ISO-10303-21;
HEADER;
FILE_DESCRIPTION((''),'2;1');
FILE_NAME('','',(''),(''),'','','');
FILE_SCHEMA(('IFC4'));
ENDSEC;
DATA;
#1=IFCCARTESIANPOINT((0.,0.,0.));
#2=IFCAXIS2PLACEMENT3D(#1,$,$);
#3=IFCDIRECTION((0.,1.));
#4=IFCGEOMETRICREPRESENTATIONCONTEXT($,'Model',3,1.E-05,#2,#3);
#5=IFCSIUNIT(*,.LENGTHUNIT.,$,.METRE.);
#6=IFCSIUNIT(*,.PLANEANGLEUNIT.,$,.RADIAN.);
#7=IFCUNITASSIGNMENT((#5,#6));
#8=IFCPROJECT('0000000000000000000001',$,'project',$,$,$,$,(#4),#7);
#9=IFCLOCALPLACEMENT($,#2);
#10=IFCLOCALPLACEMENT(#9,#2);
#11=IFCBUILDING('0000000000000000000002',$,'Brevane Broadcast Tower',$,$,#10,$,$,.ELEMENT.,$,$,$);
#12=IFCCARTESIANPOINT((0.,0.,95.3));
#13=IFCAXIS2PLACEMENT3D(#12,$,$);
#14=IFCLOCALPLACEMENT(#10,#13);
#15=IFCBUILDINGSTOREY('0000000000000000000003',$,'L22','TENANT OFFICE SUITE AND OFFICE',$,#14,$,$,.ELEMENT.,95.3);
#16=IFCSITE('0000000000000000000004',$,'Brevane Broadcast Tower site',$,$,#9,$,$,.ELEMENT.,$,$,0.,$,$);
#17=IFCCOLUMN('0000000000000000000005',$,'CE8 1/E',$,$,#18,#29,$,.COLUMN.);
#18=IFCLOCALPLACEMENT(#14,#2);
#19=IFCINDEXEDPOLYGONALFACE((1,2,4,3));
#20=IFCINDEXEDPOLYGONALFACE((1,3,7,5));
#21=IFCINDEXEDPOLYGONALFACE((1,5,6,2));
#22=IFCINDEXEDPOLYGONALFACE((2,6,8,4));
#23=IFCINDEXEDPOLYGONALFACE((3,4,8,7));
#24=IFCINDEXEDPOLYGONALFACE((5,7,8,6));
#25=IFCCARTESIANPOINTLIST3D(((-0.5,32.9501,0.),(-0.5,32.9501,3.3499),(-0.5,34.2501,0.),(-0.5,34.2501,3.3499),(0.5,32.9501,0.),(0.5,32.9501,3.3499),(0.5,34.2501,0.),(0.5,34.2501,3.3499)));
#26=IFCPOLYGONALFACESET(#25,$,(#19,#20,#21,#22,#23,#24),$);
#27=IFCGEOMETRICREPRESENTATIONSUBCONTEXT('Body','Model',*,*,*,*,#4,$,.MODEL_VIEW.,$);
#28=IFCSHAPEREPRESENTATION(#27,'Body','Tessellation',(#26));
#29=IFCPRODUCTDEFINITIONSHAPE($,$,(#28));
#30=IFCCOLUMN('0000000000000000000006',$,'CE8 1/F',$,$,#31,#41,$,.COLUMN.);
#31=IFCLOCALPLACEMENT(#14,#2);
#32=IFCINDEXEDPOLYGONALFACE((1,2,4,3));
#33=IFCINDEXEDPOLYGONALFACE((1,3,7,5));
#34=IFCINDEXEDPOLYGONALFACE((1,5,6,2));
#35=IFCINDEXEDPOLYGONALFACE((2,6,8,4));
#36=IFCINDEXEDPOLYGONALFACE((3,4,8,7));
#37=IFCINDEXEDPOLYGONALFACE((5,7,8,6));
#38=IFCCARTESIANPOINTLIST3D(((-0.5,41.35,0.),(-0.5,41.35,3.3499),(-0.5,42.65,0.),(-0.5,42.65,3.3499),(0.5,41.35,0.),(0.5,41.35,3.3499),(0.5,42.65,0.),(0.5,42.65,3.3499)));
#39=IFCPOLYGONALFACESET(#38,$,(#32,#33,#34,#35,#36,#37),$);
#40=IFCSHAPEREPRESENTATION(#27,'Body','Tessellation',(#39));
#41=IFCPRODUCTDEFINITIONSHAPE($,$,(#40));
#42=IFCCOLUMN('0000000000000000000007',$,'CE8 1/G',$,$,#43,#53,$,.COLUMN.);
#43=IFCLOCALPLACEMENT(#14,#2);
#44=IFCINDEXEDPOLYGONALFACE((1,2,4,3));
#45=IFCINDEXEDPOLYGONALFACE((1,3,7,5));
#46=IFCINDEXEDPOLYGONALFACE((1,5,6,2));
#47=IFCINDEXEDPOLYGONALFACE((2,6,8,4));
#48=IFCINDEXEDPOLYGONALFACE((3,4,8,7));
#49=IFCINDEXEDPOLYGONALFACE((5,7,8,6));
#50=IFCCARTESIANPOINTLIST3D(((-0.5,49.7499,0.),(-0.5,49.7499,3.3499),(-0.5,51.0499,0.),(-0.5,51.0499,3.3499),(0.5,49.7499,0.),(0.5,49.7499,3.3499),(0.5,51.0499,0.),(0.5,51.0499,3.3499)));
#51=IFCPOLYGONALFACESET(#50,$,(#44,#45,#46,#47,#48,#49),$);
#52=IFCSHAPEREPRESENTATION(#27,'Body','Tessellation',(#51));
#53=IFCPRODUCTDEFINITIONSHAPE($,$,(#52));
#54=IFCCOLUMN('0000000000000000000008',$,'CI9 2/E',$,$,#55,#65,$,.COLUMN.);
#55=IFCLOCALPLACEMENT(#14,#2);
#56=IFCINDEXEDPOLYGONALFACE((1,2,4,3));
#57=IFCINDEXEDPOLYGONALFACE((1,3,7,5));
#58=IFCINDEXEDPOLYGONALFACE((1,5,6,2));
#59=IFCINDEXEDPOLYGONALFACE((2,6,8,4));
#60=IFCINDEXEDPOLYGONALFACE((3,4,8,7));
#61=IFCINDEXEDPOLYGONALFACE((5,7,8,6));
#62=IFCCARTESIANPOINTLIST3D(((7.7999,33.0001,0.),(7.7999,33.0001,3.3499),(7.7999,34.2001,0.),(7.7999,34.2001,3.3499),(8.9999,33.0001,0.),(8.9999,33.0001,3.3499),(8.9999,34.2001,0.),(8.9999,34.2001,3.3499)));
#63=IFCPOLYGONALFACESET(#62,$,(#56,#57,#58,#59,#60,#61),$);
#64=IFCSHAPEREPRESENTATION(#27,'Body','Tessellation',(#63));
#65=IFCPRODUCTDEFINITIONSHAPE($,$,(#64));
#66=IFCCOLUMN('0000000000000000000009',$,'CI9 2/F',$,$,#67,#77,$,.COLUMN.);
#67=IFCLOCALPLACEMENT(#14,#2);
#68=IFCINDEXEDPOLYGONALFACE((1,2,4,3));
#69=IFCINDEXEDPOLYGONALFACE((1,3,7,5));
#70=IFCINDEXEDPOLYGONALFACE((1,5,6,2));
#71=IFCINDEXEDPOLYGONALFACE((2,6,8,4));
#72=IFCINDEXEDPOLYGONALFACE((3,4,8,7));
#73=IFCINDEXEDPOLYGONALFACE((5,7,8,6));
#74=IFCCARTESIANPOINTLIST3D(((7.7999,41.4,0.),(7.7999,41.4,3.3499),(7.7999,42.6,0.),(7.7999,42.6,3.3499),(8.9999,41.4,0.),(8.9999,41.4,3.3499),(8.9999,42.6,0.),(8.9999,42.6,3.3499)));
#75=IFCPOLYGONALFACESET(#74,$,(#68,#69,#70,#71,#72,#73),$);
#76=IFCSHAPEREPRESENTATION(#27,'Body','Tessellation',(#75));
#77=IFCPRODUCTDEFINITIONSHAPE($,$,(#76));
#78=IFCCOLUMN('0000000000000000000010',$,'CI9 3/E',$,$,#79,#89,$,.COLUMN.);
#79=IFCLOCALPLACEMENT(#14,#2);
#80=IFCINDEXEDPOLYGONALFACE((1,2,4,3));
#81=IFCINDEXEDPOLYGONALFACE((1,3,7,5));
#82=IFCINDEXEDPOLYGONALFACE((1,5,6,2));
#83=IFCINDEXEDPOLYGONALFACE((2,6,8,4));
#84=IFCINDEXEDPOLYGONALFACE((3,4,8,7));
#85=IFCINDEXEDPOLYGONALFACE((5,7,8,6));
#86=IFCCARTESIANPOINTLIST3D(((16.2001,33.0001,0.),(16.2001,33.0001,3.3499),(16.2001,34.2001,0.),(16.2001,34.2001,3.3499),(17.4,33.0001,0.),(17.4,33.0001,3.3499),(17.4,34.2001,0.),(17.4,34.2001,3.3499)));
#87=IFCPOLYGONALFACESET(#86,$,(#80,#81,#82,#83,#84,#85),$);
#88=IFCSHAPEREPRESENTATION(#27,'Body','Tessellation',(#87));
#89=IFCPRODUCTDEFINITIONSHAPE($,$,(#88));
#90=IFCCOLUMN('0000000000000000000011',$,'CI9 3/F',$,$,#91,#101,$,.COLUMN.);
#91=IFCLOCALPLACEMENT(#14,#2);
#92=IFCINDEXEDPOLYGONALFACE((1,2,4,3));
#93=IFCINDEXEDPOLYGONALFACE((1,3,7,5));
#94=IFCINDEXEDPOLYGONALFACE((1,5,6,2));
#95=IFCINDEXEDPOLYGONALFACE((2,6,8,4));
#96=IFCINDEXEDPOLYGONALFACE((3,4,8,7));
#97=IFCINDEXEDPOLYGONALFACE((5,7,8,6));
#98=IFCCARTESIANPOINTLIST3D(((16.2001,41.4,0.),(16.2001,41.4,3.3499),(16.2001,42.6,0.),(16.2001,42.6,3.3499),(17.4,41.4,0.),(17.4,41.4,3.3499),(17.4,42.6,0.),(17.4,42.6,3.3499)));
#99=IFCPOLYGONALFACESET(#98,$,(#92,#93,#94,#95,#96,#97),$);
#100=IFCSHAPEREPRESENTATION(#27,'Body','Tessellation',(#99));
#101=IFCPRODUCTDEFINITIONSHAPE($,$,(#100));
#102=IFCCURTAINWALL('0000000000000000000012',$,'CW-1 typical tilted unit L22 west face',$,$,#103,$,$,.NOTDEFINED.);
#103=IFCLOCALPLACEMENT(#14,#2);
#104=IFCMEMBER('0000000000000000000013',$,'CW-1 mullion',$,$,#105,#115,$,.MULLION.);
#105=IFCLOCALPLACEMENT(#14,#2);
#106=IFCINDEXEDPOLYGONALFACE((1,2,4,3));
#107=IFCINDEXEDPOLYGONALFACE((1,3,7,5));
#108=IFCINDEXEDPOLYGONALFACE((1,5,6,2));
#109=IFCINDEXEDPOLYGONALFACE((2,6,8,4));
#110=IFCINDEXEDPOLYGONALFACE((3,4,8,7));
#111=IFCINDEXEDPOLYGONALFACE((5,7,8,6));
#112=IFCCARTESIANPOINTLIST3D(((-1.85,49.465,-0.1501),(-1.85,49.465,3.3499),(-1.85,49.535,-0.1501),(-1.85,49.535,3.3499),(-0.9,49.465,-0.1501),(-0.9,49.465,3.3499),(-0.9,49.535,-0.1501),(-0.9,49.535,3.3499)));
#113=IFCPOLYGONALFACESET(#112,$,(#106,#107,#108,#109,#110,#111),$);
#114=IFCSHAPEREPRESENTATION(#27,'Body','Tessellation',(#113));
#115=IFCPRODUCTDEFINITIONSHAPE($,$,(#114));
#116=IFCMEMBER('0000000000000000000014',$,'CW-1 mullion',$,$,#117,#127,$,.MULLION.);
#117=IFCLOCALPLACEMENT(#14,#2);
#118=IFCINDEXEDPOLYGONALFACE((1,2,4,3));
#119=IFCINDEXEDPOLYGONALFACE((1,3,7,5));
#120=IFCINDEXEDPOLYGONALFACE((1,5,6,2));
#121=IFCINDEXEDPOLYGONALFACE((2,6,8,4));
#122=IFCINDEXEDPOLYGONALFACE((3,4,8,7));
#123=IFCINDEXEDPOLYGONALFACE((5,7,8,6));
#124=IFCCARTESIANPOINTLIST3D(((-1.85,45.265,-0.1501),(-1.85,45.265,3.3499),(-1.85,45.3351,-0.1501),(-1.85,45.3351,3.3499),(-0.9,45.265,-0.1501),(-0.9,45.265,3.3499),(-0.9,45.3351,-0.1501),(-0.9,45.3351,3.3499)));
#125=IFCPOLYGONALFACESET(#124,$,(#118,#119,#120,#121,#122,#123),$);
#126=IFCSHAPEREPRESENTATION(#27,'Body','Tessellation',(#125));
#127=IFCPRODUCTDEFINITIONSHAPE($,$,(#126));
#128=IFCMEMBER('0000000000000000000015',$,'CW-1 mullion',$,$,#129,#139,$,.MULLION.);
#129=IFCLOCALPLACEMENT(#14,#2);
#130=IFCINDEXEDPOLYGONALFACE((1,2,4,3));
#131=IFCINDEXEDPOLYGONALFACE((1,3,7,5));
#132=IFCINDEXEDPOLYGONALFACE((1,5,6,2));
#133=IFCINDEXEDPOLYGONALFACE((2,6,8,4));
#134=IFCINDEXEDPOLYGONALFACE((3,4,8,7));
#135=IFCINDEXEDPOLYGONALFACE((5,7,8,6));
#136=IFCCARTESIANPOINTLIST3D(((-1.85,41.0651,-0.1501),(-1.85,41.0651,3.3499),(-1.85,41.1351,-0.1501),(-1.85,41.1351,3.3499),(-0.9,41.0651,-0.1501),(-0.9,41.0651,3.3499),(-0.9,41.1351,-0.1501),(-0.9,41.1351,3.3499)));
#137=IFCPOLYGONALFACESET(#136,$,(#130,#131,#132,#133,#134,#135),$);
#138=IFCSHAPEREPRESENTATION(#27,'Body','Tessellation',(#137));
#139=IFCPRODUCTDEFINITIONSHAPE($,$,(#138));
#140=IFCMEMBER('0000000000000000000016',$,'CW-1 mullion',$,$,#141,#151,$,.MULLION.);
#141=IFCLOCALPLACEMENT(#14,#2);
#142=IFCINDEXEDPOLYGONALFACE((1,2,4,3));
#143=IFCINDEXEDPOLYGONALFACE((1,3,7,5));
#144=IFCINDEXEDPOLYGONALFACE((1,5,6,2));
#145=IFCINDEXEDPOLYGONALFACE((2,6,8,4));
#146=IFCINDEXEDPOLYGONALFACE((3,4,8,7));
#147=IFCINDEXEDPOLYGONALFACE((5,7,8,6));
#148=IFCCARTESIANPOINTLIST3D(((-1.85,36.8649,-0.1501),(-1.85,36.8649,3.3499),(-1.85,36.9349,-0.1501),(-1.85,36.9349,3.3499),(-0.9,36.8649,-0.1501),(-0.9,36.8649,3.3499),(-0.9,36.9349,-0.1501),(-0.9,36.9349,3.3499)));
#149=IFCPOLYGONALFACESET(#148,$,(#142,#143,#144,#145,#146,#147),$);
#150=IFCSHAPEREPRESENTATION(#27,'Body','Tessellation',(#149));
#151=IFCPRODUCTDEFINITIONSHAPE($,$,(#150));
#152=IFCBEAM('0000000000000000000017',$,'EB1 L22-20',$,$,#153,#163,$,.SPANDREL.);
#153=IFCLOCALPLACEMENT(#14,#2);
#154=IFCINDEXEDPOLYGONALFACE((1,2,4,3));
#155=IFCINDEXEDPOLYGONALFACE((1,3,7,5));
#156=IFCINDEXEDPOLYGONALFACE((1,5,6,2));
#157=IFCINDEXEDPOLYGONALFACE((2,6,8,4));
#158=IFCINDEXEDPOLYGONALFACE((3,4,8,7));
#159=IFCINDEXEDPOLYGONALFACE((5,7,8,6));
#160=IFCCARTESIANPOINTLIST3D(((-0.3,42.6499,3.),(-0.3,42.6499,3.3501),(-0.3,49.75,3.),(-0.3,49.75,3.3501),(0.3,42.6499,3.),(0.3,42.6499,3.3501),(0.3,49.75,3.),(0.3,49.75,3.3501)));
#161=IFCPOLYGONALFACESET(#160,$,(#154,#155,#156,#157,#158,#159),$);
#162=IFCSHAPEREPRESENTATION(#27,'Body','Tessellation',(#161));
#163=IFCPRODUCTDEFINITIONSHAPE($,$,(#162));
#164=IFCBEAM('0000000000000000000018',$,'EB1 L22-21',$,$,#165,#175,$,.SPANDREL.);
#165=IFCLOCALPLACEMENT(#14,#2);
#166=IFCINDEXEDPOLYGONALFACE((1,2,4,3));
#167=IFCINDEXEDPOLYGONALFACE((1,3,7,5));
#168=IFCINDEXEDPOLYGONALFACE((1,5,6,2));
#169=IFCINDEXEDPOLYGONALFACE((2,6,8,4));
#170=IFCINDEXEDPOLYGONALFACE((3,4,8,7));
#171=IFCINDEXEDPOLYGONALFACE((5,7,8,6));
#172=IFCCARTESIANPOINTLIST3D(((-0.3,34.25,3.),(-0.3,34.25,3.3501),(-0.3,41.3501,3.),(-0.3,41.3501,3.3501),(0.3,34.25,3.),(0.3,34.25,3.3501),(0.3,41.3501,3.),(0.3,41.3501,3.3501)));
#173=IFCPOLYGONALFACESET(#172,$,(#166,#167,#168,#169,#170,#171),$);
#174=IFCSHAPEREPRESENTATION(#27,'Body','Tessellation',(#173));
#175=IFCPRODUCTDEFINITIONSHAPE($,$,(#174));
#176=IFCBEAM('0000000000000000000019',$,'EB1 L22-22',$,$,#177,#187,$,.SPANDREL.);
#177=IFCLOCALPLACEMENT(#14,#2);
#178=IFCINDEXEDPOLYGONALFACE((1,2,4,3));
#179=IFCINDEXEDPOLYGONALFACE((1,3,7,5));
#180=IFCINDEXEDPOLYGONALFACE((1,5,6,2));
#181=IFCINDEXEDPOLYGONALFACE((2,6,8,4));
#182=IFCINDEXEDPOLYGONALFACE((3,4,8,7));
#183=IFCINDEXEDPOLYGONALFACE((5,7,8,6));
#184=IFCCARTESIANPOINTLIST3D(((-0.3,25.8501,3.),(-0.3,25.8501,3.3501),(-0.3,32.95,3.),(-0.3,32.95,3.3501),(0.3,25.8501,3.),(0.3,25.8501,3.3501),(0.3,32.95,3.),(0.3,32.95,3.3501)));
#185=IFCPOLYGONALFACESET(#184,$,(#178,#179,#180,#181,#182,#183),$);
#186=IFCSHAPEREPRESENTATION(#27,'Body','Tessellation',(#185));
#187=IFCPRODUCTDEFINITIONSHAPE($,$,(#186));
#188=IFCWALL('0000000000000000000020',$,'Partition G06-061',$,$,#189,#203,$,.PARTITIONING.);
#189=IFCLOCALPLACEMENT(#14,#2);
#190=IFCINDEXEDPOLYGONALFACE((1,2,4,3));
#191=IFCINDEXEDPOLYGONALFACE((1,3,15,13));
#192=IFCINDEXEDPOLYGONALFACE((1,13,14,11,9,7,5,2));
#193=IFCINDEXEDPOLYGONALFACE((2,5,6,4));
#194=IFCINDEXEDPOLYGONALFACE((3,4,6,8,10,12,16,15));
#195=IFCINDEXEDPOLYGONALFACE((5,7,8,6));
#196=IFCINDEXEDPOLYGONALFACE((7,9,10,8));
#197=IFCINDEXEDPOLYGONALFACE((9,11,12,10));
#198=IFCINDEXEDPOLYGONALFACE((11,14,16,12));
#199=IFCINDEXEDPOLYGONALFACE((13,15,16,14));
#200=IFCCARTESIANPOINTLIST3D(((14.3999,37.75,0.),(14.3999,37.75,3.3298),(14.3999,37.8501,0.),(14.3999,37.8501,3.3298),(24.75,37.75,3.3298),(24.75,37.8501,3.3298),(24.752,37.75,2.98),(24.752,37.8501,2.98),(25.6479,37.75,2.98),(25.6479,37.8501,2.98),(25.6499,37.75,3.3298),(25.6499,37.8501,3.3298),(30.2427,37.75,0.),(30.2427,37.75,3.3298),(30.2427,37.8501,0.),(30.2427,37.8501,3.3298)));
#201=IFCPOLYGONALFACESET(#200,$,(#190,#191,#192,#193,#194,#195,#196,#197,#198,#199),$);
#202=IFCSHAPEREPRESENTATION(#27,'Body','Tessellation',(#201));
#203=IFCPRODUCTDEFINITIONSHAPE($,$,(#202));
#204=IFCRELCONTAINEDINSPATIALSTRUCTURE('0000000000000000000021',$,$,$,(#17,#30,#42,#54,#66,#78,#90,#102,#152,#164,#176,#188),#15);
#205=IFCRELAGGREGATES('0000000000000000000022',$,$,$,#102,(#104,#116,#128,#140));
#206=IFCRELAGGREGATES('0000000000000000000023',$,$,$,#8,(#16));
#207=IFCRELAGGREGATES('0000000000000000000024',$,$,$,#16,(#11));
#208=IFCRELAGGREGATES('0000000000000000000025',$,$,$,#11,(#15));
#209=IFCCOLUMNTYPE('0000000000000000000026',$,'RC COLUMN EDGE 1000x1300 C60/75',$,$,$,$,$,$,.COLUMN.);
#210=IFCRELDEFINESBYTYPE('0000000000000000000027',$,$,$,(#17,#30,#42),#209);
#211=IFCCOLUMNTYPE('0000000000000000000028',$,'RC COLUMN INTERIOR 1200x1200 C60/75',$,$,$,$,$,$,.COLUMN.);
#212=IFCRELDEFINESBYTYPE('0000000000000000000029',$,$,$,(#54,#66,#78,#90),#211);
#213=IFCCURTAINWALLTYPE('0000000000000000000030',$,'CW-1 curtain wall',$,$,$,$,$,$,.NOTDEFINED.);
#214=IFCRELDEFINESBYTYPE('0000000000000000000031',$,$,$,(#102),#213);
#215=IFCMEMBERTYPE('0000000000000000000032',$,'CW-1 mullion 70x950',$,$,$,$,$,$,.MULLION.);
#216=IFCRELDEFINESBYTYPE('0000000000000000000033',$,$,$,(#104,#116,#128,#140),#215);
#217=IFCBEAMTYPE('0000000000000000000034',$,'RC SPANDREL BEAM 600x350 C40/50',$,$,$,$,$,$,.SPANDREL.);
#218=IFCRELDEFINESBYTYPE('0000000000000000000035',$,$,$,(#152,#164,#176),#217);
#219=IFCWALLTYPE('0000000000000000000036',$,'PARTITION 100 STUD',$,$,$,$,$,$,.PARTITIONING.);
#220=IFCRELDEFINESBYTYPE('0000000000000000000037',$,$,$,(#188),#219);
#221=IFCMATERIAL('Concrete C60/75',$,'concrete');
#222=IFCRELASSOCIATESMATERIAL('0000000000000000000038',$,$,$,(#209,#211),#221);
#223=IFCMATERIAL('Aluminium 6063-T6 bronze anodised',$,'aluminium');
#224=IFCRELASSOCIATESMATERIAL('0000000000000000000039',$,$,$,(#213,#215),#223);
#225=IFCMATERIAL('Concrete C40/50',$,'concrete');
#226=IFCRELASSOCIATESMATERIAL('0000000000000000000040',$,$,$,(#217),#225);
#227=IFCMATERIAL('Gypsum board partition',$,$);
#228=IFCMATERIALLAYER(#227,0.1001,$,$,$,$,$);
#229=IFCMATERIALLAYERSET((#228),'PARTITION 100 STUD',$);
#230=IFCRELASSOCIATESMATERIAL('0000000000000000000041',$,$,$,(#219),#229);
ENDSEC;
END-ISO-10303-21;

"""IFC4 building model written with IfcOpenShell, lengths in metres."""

from ifc_helpers import new_model, si_unit, direction, frame, origin, origin_2d, place, context, subcontext, project, spatial, polyline, rectangle, outline, extrude, material, layer, layer_set, material_profile, profile_set, type_object, element, aggregate, save


model = new_model("IFC4")

# Units and contexts
model_context = context("Model", 3, precision=1e-05, world=origin(), true_north=direction((0.0, 1.0)))
body_context = subcontext(model_context, "Body", "Model", "MODEL_VIEW")
ifc_project = project(units=[si_unit("LENGTHUNIT", "METRE"), si_unit("PLANEANGLEUNIT", "RADIAN")], contexts=[model_context])

# Site, building, storey
site_placement = place(None, origin())
site = spatial("IfcSite", under=ifc_project, at=site_placement, Name="Brevane Broadcast Tower site", CompositionType="ELEMENT", RefElevation=0.0)
building_placement = place(site_placement, origin())
building = spatial("IfcBuilding", under=site, at=building_placement, Name="Brevane Broadcast Tower", CompositionType="ELEMENT")
storey_placement = place(building_placement, frame((0.0, 0.0, 95.3)))
storey = spatial("IfcBuildingStorey", under=building, at=storey_placement, Name="L22", Description="TENANT OFFICE SUITE AND OFFICE", CompositionType="ELEMENT", Elevation=95.3)

# Columns
ifc_material_1 = material(Name="Concrete C60/75", Category="concrete")
ifc_material_profile_1 = material_profile(ifc_material_1, rectangle(XDim=1.0, YDim=1.3, at=origin_2d()), Name="RC 1000x1300")
ifc_profile_set_1 = profile_set([ifc_material_profile_1], Name="Concrete C60/75")
column_type_1 = type_object("IfcColumnType", Name="RC COLUMN EDGE 1000x1300 C60/75", PredefinedType="COLUMN", material=ifc_profile_set_1)
for number, where, z_axis, x_axis, name in (
    (1, (0.0, 33.6001, 0.0), (0.0, 0.0, 1.0), (1.0, 0.0, 0.0), "CE8 1/E"),
    (2, (0.0, 42.0, 0.0), (0.0, 0.0, 1.0), (1.0, 0.0, 0.0), "CE8 1/F"),
    (3, (0.0, 50.3999, 0.0), (0.0, 0.0, 1.0), (1.0, 0.0, 0.0), "CE8 1/G"),
):
    element("IfcColumn", number, at=place(storey_placement, frame(where, z_axis=z_axis, x_axis=x_axis)), inside=storey, type_object=column_type_1, Name=name, PredefinedType="COLUMN", context=body_context, shape_type="SweptSolid", body=[
        extrude(rectangle(XDim=1.0, YDim=1.3, at=origin_2d()), origin(), (0.0, 0.0, 1.0), 3.3499),
    ])
ifc_material_profile_2 = material_profile(ifc_material_1, rectangle(XDim=1.2, YDim=1.2, at=origin_2d()), Name="RC 1200x1200")
ifc_profile_set_2 = profile_set([ifc_material_profile_2], Name="Concrete C60/75")
column_type_2 = type_object("IfcColumnType", Name="RC COLUMN INTERIOR 1200x1200 C60/75", PredefinedType="COLUMN", material=ifc_profile_set_2)
for number, where, z_axis, x_axis, name in (
    (4, (8.3999, 33.6001, 0.0), (0.0, 0.0, 1.0), (1.0, 0.0, 0.0), "CI9 2/E"),
    (5, (8.3999, 42.0, 0.0), (0.0, 0.0, 1.0), (1.0, 0.0, 0.0), "CI9 2/F"),
    (6, (16.8, 33.6001, 0.0), (0.0, 0.0, 1.0), (1.0, 0.0, 0.0), "CI9 3/E"),
    (7, (16.8, 42.0, 0.0), (0.0, 0.0, 1.0), (1.0, 0.0, 0.0), "CI9 3/F"),
):
    element("IfcColumn", number, at=place(storey_placement, frame(where, z_axis=z_axis, x_axis=x_axis)), inside=storey, type_object=column_type_2, Name=name, PredefinedType="COLUMN", context=body_context, shape_type="SweptSolid", body=[
        extrude(rectangle(XDim=1.2, YDim=1.2, at=origin_2d()), origin(), (0.0, 0.0, 1.0), 3.3499),
    ])

# Curtain wall, members
ifc_material_2 = material(Name="Aluminium 6063-T6 bronze anodised", Category="aluminium")
curtain_wall_type = type_object("IfcCurtainWallType", Name="CW-1 curtain wall", PredefinedType="NOTDEFINED", material=ifc_material_2)
curtain_wall_placement = place(storey_placement, origin())
curtain_wall = element("IfcCurtainWall", 8, at=curtain_wall_placement, inside=storey, type_object=curtain_wall_type, Name="CW-1 typical tilted unit L22 west face", PredefinedType="NOTDEFINED")
ifc_material_profile_3 = material_profile(ifc_material_2, rectangle(XDim=0.95, YDim=0.0701, at=origin_2d()), Name="RECT 70x950")
ifc_profile_set_3 = profile_set([ifc_material_profile_3], Name="Aluminium 6063-T6 bronze anodised")
member_type = type_object("IfcMemberType", Name="CW-1 mullion 70x950", PredefinedType="MULLION", material=ifc_profile_set_3)
member_1_placement = place(storey_placement, frame((-1.375, 49.5, -0.1501), z_axis=(0.0, 0.0, 1.0), x_axis=(1.0, 0.0, 0.0)))
member_1 = element("IfcMember", 9, at=member_1_placement, type_object=member_type, Name="CW-1 mullion", PredefinedType="MULLION", context=body_context, shape_type="SweptSolid", body=[
    extrude(rectangle(XDim=0.95, YDim=0.0701, at=origin_2d()), origin(), (0.0, 0.0, 1.0), 3.5),
])
member_2_placement = place(storey_placement, frame((-1.375, 45.3, -0.1501), z_axis=(0.0, 0.0, 1.0), x_axis=(1.0, 0.0, 0.0)))
member_2 = element("IfcMember", 10, at=member_2_placement, type_object=member_type, Name="CW-1 mullion", PredefinedType="MULLION", context=body_context, shape_type="SweptSolid", body=[
    extrude(rectangle(XDim=0.95, YDim=0.0701, at=origin_2d()), origin(), (0.0, 0.0, 1.0), 3.5),
])
member_3_placement = place(storey_placement, frame((-1.375, 41.1001, -0.1501), z_axis=(0.0, 0.0, 1.0), x_axis=(1.0, 0.0, 0.0)))
member_3 = element("IfcMember", 11, at=member_3_placement, type_object=member_type, Name="CW-1 mullion", PredefinedType="MULLION", context=body_context, shape_type="SweptSolid", body=[
    extrude(rectangle(XDim=0.95, YDim=0.0701, at=origin_2d()), origin(), (0.0, 0.0, 1.0), 3.5),
])
member_4_placement = place(storey_placement, frame((-1.375, 36.8999, -0.1501), z_axis=(0.0, 0.0, 1.0), x_axis=(1.0, 0.0, 0.0)))
member_4 = element("IfcMember", 12, at=member_4_placement, type_object=member_type, Name="CW-1 mullion", PredefinedType="MULLION", context=body_context, shape_type="SweptSolid", body=[
    extrude(rectangle(XDim=0.95, YDim=0.0701, at=origin_2d()), origin(), (0.0, 0.0, 1.0), 3.5),
])
aggregate(curtain_wall, [member_1, member_2, member_3, member_4])

# Beams
ifc_material_3 = material(Name="Concrete C40/50", Category="concrete")
ifc_material_profile_4 = material_profile(ifc_material_3, rectangle(XDim=0.6001, YDim=0.3501, at=origin_2d()), Name="RC 600x350")
ifc_profile_set_4 = profile_set([ifc_material_profile_4], Name="Concrete C40/50")
beam_type = type_object("IfcBeamType", Name="RC SPANDREL BEAM 600x350 C40/50", PredefinedType="SPANDREL", material=ifc_profile_set_4)
for number, where, z_axis, x_axis, name in (
    (13, (0.0, 49.75, 3.175), (0.0, -1.0, 0.0), (1.0, 0.0, 0.0), "EB1 L22-20"),
    (14, (0.0, 41.3501, 3.175), (0.0, -1.0, 0.0), (1.0, 0.0, 0.0), "EB1 L22-21"),
):
    element("IfcBeam", number, at=place(storey_placement, frame(where, z_axis=z_axis, x_axis=x_axis)), inside=storey, type_object=beam_type, Name=name, PredefinedType="SPANDREL", context=body_context, shape_type="SweptSolid", body=[
        extrude(rectangle(XDim=0.6001, YDim=0.3501, at=origin_2d()), origin(), (0.0, 0.0, 1.0), 7.1001),
    ])
beam_placement = place(storey_placement, frame((0.0, 32.95, 3.175), z_axis=(0.0, -1.0, 0.0), x_axis=(1.0, 0.0, 0.0)))
element("IfcBeam", 15, at=beam_placement, inside=storey, type_object=beam_type, Name="EB1 L22-22", PredefinedType="SPANDREL", context=body_context, shape_type="SweptSolid", body=[
    extrude(rectangle(XDim=0.6001, YDim=0.3501, at=origin_2d()), origin(), (0.0, 0.0, 1.0), 7.0999),
])

# Wall
ifc_material_4 = material(Name="Gypsum board partition")
ifc_layer_1 = layer(ifc_material_4, 0.1001)
ifc_layer_set_1 = layer_set([ifc_layer_1], Name="PARTITION 100 STUD")
wall_type_1 = type_object("IfcWallType", Name="PARTITION 100 STUD", PredefinedType="PARTITIONING", material=ifc_layer_set_1)
wall_1_placement = place(storey_placement, frame((14.3999, 37.8, 0.0), z_axis=(0.0, 0.0, 1.0), x_axis=(1.0, 0.0, 0.0)))
element("IfcWall", 16, at=wall_1_placement, inside=storey, type_object=wall_type_1, Name="Partition G06-061", PredefinedType="PARTITIONING", context=body_context, shape_type="SweptSolid", body=[
    extrude(outline(polyline([(0.0, 0.0), (15.8428, 0.0), (15.8428, 3.3298), (11.25, 3.3298), (11.248, 2.98), (10.3521, 2.98), (10.3501, 3.3298), (0.0, 3.3298), (0.0, 0.0)])), frame((0.0, 0.05, 0.0), z_axis=(0.0, -1.0, 0.0), x_axis=(1.0, 0.0, 0.0)), (0.0, 0.0, 1.0), 0.1001),
])

save(model, "model.ifc")
